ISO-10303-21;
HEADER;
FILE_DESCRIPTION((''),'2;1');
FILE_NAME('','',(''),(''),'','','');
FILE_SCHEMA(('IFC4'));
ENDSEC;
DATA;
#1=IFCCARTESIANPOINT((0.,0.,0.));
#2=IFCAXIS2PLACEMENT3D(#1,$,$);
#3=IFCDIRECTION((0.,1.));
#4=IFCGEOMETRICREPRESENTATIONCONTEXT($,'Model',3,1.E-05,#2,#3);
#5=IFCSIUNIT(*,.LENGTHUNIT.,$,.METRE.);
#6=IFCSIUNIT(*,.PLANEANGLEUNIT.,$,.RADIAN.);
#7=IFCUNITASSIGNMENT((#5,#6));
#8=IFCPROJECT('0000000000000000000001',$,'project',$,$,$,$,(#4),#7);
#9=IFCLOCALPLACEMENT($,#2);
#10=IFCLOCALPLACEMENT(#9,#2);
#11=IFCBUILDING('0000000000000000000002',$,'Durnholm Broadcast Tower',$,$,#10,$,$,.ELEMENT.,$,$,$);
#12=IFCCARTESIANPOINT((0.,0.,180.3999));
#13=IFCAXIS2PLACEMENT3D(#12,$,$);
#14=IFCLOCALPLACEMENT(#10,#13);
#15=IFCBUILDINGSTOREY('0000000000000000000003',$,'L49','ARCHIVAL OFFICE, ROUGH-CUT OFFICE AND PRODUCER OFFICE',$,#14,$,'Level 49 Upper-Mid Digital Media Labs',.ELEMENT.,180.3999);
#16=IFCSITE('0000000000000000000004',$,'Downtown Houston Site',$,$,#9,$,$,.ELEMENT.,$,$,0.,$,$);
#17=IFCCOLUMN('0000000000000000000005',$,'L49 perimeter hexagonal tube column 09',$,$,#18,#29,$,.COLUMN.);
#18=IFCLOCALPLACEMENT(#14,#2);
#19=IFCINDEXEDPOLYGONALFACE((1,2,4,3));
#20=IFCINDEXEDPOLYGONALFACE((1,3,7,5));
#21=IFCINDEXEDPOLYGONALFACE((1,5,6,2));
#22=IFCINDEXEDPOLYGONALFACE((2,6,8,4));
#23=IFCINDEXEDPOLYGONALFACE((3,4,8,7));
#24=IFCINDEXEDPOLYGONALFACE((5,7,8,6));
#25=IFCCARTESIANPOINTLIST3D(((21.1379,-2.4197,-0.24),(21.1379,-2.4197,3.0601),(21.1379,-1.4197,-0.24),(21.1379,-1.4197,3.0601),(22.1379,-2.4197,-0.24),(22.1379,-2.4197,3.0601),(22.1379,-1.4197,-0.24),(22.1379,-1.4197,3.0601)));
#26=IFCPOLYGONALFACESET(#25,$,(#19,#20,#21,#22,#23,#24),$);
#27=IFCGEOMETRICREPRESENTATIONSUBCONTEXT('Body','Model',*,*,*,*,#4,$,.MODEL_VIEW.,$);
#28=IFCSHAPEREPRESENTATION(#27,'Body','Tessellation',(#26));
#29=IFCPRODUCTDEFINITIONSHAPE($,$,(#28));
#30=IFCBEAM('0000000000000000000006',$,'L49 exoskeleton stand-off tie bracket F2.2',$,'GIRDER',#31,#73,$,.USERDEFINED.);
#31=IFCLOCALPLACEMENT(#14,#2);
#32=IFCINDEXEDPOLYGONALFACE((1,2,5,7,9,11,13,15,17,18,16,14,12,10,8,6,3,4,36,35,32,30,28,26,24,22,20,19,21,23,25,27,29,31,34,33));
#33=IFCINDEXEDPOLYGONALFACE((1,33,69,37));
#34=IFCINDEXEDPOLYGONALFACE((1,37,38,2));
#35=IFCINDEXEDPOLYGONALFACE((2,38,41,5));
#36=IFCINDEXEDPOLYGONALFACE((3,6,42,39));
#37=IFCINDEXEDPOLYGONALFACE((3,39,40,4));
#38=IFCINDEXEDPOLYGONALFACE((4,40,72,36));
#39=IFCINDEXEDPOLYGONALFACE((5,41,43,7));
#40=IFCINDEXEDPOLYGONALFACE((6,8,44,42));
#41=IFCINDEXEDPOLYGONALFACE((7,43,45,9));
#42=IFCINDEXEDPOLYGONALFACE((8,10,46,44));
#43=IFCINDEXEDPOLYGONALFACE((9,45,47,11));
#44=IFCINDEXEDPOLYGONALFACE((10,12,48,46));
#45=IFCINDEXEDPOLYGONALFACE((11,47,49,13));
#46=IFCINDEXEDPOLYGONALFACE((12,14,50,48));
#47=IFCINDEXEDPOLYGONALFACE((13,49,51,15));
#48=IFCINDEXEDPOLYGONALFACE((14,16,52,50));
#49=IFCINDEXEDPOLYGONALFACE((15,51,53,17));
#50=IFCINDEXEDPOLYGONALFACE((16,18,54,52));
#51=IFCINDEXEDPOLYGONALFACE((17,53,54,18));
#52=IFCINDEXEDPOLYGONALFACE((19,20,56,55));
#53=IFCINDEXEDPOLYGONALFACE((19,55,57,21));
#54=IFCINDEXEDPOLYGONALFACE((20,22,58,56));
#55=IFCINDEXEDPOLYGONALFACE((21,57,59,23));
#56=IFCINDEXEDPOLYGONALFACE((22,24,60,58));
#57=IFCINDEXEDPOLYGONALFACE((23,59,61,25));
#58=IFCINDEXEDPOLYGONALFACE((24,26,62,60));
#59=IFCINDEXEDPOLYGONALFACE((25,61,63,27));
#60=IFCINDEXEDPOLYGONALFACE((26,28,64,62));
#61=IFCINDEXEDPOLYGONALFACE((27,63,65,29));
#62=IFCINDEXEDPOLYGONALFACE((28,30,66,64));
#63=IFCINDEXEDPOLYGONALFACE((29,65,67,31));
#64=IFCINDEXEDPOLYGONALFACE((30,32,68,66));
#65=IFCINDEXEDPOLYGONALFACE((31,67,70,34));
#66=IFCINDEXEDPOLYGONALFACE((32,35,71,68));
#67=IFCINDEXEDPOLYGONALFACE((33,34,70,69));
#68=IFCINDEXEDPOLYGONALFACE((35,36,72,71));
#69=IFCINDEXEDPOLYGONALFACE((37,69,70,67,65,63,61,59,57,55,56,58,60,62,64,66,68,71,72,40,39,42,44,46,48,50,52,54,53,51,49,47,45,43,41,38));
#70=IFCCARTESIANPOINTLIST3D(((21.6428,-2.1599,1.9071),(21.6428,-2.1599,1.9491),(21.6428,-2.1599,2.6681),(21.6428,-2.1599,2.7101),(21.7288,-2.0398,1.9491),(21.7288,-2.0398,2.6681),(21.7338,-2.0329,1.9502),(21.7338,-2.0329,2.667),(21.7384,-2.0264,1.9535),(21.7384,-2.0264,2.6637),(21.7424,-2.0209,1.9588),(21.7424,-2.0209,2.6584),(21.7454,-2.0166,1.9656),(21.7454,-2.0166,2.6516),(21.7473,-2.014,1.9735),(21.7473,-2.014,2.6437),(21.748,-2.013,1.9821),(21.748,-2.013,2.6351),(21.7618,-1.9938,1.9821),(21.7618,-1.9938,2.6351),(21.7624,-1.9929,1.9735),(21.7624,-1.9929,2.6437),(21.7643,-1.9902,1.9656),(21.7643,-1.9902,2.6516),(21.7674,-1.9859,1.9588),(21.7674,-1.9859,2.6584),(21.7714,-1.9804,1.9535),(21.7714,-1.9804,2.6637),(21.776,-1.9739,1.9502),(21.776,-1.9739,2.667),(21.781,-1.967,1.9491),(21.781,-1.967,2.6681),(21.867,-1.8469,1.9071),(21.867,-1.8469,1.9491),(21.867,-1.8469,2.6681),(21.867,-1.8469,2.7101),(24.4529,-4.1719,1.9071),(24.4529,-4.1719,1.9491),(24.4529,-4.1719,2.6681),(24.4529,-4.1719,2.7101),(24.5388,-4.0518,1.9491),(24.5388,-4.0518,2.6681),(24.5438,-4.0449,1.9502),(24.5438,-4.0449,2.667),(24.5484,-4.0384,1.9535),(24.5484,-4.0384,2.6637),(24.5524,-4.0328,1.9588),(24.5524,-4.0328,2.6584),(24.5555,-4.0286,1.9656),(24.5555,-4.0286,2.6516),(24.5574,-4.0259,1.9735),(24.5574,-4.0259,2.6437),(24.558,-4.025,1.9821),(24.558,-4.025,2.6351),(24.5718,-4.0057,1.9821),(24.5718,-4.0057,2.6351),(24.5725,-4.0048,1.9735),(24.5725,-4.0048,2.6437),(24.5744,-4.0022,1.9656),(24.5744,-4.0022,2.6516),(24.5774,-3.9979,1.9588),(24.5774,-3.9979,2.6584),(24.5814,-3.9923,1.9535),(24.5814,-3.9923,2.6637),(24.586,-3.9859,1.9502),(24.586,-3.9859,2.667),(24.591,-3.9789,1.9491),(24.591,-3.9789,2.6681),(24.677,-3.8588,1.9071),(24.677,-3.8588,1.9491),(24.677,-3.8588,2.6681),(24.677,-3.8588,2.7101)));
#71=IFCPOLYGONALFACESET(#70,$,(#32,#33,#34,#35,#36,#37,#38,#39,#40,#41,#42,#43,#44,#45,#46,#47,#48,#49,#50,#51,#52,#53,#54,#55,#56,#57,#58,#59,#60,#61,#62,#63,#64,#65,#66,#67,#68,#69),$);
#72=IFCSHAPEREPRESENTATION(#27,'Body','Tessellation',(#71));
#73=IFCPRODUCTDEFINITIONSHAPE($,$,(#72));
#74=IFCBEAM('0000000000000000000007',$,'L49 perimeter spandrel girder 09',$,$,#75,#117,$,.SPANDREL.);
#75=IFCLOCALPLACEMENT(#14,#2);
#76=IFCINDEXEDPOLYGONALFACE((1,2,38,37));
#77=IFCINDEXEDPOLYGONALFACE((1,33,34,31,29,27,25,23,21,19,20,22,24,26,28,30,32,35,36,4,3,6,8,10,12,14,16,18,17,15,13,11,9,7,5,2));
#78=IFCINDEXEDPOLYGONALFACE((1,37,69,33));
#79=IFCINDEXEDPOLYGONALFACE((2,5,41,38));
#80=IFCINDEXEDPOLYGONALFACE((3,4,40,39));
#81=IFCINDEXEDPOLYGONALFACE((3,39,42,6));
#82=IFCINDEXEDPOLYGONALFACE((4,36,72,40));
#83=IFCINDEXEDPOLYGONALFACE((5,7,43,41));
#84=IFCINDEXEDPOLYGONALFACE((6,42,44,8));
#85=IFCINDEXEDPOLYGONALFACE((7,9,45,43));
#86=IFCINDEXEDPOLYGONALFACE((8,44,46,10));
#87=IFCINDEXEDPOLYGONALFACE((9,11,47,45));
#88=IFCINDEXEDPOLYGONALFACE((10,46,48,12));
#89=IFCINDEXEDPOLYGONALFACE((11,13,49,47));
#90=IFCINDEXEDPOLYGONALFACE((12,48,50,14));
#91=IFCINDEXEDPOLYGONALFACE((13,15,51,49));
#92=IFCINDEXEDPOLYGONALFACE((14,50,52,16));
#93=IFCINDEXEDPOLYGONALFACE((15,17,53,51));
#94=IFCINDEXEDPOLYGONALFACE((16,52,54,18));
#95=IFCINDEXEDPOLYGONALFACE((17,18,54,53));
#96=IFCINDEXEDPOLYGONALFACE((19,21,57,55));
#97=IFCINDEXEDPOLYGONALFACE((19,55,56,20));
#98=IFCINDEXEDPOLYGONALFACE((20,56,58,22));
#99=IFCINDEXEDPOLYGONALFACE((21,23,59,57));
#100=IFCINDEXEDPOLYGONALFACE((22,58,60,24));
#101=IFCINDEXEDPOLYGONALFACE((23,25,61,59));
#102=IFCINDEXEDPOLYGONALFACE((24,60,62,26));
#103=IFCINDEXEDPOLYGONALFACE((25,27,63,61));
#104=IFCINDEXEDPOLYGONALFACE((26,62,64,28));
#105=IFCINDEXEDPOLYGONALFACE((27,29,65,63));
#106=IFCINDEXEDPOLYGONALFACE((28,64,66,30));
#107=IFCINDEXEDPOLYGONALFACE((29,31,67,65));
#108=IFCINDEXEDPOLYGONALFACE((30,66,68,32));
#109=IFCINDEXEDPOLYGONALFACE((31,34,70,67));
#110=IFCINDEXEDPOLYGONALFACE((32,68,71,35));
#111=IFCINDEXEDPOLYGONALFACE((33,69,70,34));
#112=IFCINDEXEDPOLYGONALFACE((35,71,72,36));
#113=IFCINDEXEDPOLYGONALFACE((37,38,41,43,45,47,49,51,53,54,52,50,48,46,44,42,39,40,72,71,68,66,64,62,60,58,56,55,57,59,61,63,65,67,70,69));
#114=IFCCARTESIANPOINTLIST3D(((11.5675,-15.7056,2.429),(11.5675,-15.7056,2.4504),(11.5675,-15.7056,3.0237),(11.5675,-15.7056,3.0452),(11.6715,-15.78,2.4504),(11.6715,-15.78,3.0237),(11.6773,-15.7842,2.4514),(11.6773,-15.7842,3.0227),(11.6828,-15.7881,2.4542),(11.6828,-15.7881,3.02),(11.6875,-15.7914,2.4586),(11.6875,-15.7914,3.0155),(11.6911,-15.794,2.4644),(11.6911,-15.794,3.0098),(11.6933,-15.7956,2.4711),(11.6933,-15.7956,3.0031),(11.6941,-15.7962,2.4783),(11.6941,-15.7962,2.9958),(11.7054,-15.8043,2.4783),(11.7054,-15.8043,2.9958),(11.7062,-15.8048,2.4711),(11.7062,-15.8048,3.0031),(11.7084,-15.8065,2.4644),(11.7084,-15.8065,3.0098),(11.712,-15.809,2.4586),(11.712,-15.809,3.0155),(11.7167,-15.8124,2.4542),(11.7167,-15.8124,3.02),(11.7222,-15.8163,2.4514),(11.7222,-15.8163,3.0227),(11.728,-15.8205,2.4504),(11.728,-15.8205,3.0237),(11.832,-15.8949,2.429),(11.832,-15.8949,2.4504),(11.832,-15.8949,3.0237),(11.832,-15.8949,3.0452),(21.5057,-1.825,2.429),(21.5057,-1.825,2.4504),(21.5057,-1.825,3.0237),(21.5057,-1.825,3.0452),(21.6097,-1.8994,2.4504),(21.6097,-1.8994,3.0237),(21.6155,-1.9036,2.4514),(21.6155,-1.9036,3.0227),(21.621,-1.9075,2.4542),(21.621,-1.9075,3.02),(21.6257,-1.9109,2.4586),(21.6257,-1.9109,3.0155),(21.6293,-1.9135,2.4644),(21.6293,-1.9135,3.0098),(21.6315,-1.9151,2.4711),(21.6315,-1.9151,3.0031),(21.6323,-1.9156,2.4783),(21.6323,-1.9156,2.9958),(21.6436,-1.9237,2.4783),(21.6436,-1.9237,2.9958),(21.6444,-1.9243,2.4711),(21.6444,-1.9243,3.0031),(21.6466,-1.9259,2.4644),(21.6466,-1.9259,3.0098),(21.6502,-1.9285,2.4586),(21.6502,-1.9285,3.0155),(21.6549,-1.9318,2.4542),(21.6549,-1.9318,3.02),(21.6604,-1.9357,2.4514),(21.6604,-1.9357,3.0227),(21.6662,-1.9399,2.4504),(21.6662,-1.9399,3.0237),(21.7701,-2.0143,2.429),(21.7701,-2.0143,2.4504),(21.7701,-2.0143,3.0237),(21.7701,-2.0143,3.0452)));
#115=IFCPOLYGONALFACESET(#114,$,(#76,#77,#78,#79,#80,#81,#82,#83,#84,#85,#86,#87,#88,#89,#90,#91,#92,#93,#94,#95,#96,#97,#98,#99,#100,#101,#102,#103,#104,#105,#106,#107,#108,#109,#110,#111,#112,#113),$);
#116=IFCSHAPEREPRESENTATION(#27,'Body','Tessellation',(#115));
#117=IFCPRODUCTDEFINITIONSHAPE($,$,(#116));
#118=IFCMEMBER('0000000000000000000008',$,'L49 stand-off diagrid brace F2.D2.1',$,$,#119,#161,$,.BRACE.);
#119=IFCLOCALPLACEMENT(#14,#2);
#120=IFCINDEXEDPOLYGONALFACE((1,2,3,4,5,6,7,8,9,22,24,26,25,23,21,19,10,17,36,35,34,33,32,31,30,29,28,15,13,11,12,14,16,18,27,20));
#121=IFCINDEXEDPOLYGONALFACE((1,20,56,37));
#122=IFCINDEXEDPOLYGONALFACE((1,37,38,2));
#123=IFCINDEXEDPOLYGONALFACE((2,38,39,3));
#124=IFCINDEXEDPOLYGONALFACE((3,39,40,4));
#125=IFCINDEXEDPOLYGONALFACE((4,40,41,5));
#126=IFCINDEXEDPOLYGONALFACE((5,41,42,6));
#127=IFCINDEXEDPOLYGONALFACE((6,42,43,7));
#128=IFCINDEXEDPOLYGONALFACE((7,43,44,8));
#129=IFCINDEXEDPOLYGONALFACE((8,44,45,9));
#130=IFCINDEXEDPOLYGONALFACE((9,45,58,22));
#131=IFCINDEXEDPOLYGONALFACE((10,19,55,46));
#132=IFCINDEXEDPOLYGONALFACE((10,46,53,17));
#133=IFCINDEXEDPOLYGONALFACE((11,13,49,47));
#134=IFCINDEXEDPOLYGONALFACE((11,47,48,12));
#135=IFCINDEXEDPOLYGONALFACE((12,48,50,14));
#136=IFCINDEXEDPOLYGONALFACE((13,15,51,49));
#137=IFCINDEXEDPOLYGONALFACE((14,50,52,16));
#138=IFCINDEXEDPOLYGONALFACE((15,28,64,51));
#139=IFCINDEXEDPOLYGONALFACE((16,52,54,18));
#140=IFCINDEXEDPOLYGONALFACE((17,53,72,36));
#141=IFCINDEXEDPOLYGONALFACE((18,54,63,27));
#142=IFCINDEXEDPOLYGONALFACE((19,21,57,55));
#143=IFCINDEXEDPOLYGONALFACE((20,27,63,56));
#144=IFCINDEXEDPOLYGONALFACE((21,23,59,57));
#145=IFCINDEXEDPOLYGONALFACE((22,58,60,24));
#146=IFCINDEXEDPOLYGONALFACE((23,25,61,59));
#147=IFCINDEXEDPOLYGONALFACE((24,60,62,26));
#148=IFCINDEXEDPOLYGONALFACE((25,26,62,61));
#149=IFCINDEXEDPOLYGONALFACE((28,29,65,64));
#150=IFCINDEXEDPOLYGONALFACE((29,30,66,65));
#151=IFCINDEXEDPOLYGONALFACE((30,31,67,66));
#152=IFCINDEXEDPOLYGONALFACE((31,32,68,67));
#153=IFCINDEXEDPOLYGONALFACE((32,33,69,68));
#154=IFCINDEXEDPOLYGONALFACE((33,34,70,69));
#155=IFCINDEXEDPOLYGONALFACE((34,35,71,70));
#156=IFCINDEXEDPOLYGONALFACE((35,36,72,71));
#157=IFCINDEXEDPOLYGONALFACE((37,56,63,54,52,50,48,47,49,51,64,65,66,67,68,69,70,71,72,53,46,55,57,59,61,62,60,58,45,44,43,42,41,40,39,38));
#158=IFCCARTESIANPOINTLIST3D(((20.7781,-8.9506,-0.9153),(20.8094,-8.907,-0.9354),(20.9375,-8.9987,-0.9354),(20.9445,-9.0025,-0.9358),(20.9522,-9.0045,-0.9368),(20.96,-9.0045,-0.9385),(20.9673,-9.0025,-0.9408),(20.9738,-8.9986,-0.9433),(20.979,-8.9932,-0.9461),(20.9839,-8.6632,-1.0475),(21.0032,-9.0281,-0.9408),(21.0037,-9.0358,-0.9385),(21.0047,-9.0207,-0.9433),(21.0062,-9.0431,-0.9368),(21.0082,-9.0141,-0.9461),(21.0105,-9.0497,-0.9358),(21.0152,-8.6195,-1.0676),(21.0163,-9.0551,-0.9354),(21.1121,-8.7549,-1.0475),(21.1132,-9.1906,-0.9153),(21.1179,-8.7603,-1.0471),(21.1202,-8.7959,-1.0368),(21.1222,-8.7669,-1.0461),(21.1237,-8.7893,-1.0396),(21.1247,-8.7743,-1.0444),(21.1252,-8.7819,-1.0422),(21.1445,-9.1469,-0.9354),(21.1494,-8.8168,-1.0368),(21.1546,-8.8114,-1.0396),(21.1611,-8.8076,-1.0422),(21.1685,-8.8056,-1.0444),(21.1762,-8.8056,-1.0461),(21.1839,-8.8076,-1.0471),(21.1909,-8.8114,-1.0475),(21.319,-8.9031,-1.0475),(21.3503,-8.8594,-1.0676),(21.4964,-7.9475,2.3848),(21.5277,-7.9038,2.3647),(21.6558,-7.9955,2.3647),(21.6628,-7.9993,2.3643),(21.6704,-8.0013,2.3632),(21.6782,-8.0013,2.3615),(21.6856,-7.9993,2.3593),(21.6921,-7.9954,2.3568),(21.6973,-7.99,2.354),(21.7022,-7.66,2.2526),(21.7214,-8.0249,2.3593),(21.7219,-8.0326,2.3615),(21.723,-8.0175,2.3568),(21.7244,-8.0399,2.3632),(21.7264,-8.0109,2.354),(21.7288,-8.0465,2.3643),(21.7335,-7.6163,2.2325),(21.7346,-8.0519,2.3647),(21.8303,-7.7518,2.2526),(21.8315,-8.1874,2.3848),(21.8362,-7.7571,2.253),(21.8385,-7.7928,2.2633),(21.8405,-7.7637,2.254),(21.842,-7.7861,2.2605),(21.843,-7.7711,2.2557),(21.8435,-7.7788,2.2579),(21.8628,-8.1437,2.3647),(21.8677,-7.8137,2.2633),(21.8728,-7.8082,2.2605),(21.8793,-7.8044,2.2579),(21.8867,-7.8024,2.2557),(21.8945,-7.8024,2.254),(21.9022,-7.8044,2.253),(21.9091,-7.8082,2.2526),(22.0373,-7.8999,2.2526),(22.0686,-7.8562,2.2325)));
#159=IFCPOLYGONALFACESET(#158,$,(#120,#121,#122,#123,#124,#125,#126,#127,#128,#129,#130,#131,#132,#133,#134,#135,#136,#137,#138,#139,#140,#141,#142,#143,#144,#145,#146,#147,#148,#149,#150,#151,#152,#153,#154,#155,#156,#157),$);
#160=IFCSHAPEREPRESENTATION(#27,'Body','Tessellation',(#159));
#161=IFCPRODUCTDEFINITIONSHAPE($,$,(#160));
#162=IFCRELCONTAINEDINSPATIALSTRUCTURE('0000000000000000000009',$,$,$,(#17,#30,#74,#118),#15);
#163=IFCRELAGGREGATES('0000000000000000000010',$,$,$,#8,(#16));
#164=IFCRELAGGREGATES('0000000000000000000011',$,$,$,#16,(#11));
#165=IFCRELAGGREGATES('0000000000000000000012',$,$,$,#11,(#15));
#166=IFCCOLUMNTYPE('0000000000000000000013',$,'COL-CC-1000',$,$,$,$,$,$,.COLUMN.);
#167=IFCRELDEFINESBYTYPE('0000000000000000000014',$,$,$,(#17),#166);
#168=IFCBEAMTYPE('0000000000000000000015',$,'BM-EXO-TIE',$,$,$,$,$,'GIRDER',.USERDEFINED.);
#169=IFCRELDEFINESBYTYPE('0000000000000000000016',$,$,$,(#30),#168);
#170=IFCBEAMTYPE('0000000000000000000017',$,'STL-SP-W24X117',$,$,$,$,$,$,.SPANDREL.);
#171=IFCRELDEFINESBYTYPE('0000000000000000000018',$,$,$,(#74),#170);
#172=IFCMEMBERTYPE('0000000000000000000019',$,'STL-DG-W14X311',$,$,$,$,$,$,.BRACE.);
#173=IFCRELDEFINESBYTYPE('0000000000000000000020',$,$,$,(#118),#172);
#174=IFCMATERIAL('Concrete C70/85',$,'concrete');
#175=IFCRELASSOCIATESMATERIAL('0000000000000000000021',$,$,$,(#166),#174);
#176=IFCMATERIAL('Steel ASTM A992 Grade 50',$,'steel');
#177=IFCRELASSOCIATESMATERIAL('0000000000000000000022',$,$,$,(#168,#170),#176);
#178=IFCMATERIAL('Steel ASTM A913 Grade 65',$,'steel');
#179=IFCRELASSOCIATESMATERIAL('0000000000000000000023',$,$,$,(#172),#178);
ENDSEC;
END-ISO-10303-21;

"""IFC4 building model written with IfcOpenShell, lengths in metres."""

from ifc_helpers import new_model, si_unit, direction, frame, origin, origin_2d, place, context, subcontext, project, spatial, rectangle, i_section, extrude, source, transform, mapped, material, material_profile, profile_set, type_object, type_shapes, element, save


model = new_model("IFC4")

# Units and contexts
model_context = context("Model", 3, precision=1e-05, world=origin(), true_north=direction((0.0, 1.0)))
body_context = subcontext(model_context, "Body", "Model", "MODEL_VIEW")
ifc_project = project(units=[si_unit("LENGTHUNIT", "METRE"), si_unit("PLANEANGLEUNIT", "RADIAN")], contexts=[model_context])

# Site, building, storey
site_placement = place(None, origin())
site = spatial("IfcSite", under=ifc_project, at=site_placement, Name="Downtown Houston Site", CompositionType="ELEMENT", RefElevation=0.0)
building_placement = place(site_placement, origin())
building = spatial("IfcBuilding", under=site, at=building_placement, Name="Durnholm Broadcast Tower", CompositionType="ELEMENT")
storey_placement = place(building_placement, frame((0.0, 0.0, 180.3999)))
storey = spatial("IfcBuildingStorey", under=building, at=storey_placement, Name="L49", Description="ARCHIVAL OFFICE, ROUGH-CUT OFFICE AND PRODUCER OFFICE", LongName="Level 49 Upper-Mid Digital Media Labs", CompositionType="ELEMENT", Elevation=180.3999)

# Column
ifc_material_1 = material(Name="Concrete C70/85", Category="concrete")
ifc_material_profile_1 = material_profile(ifc_material_1, rectangle(XDim=1.0, YDim=1.0, at=origin_2d()), Name="RC1000X1000")
ifc_profile_set_1 = profile_set([ifc_material_profile_1], Name="Concrete C70/85")
column_type = type_object("IfcColumnType", Name="COL-CC-1000", PredefinedType="COLUMN", material=ifc_profile_set_1)
shared_shape_1 = source(origin(), body_context, "Body", "SweptSolid", [
    extrude(rectangle(XDim=1.0, YDim=1.0, at=origin_2d()), origin(), (0.0, 0.0, 1.0), 3.3),
])
type_shapes(column_type, [shared_shape_1])
column_placement = place(storey_placement, frame((21.6379, -1.9197, -0.24), z_axis=(0.0, 0.0, 1.0), x_axis=(1.0, 0.0, 0.0)))
element("IfcColumn", 1, at=column_placement, inside=storey, type_object=column_type, Name="L49 perimeter hexagonal tube column 09", PredefinedType="COLUMN", context=body_context, shape_type="MappedRepresentation", body=[
    mapped(shared_shape_1, transform((0.0, 0.0, 0.0), x_axis=(1.0, 0.0, 0.0), y_axis=(0.0, 1.0, 0.0), z_axis=(0.0, 0.0, 1.0), scale=1.0)),
])

# Beams
ifc_material_2 = material(Name="Steel ASTM A992 Grade 50", Category="steel")
ifc_material_profile_2 = material_profile(ifc_material_2, i_section(OverallWidth=0.385, OverallDepth=0.803, WebThickness=0.0237, FlangeThickness=0.042, FilletRadius=0.033, at=origin_2d()), Name="W30X261")
ifc_profile_set_2 = profile_set([ifc_material_profile_2], Name="Steel ASTM A992 Grade 50")
beam_type_1 = type_object("IfcBeamType", Name="BM-EXO-TIE", ElementType="GIRDER", PredefinedType="USERDEFINED", material=ifc_profile_set_2)
shared_shape_2 = source(origin(), body_context, "Body", "SweptSolid", [
    extrude(i_section(OverallWidth=0.385, OverallDepth=0.803, WebThickness=0.0237, FlangeThickness=0.042, FilletRadius=0.033, at=origin_2d()), origin(), (0.0, 0.0, 1.0), 3.4561),
])
type_shapes(beam_type_1, [shared_shape_2])
beam_1_placement = place(storey_placement, frame((21.7549, -2.0034, 2.3086), z_axis=(0.813079, -0.582153, 0.0), x_axis=(0.582153, 0.813079, 0.0)))
element("IfcBeam", 2, at=beam_1_placement, inside=storey, type_object=beam_type_1, Name="L49 exoskeleton stand-off tie bracket F2.2", ObjectType="GIRDER", PredefinedType="USERDEFINED", context=body_context, shape_type="MappedRepresentation", body=[
    mapped(shared_shape_2, transform((0.0, 0.0, 0.0), x_axis=(1.0, 0.0, 0.0), y_axis=(0.0, 1.0, 0.0), z_axis=(0.0, 0.0, 1.0), scale=1.0)),
])
ifc_material_profile_3 = material_profile(ifc_material_2, i_section(OverallWidth=0.3252, OverallDepth=0.6162, WebThickness=0.0139, FlangeThickness=0.0215, FilletRadius=0.0278, at=origin_2d()), Name="W24X117")
ifc_profile_set_3 = profile_set([ifc_material_profile_3], Name="Steel ASTM A992 Grade 50")
beam_type_2 = type_object("IfcBeamType", Name="STL-SP-W24X117", PredefinedType="SPANDREL", material=ifc_profile_set_3)
shared_shape_3 = source(origin(), body_context, "Body", "SweptSolid", [
    extrude(i_section(OverallWidth=0.3252, OverallDepth=0.6162, WebThickness=0.0139, FlangeThickness=0.0215, FilletRadius=0.0278, at=origin_2d()), origin(), (0.0, 0.0, 1.0), 17.0715),
])
type_shapes(beam_type_2, [shared_shape_3])
beam_2_placement = place(storey_placement, frame((21.6379, -1.9197, 2.7371), z_axis=(-0.58215, -0.813082, 0.0), x_axis=(0.813082, -0.58215, 0.0)))
element("IfcBeam", 3, at=beam_2_placement, inside=storey, type_object=beam_type_2, Name="L49 perimeter spandrel girder 09", PredefinedType="SPANDREL", context=body_context, shape_type="MappedRepresentation", body=[
    mapped(shared_shape_3, transform((0.0, 0.0, 0.0), x_axis=(1.0, 0.0, 0.0), y_axis=(0.0, 1.0, 0.0), z_axis=(0.0, 0.0, 1.0), scale=1.0)),
])

# Member
ifc_material_3 = material(Name="Steel ASTM A913 Grade 65", Category="steel")
ifc_material_profile_4 = material_profile(ifc_material_3, i_section(OverallWidth=0.4121, OverallDepth=0.4348, WebThickness=0.0359, FlangeThickness=0.0574, FilletRadius=0.0305, at=origin_2d()), Name="W14X311")
ifc_profile_set_4 = profile_set([ifc_material_profile_4], Name="Steel ASTM A913 Grade 65")
member_type_1 = type_object("IfcMemberType", Name="STL-DG-W14X311", PredefinedType="BRACE", material=ifc_profile_set_4)
shared_shape_4 = source(origin(), body_context, "Body", "SweptSolid", [
    extrude(i_section(OverallWidth=0.4121, OverallDepth=0.4348, WebThickness=0.0359, FlangeThickness=0.0574, FilletRadius=0.0305, at=origin_2d()), origin(), (0.0, 0.0, 1.0), 3.5232),
])
type_shapes(member_type_1, [shared_shape_4])
for number, where, z_axis, x_axis, name in (
    (4, (21.0642, -8.905, -0.9915), (0.203869, 0.284738, 0.936676), (-0.813078, 0.582155, 0.0), "L49 stand-off diagrid brace F2.D2.1"),
):
    element("IfcMember", number, at=place(storey_placement, frame(where, z_axis=z_axis, x_axis=x_axis)), inside=storey, type_object=member_type_1, Name=name, PredefinedType="BRACE", context=body_context, shape_type="MappedRepresentation", body=[
        mapped(shared_shape_4, transform((0.0, 0.0, 0.0), x_axis=(1.0, 0.0, 0.0), y_axis=(0.0, 1.0, 0.0), z_axis=(0.0, 0.0, 1.0), scale=1.0)),
    ])

save(model, "model.ifc")
